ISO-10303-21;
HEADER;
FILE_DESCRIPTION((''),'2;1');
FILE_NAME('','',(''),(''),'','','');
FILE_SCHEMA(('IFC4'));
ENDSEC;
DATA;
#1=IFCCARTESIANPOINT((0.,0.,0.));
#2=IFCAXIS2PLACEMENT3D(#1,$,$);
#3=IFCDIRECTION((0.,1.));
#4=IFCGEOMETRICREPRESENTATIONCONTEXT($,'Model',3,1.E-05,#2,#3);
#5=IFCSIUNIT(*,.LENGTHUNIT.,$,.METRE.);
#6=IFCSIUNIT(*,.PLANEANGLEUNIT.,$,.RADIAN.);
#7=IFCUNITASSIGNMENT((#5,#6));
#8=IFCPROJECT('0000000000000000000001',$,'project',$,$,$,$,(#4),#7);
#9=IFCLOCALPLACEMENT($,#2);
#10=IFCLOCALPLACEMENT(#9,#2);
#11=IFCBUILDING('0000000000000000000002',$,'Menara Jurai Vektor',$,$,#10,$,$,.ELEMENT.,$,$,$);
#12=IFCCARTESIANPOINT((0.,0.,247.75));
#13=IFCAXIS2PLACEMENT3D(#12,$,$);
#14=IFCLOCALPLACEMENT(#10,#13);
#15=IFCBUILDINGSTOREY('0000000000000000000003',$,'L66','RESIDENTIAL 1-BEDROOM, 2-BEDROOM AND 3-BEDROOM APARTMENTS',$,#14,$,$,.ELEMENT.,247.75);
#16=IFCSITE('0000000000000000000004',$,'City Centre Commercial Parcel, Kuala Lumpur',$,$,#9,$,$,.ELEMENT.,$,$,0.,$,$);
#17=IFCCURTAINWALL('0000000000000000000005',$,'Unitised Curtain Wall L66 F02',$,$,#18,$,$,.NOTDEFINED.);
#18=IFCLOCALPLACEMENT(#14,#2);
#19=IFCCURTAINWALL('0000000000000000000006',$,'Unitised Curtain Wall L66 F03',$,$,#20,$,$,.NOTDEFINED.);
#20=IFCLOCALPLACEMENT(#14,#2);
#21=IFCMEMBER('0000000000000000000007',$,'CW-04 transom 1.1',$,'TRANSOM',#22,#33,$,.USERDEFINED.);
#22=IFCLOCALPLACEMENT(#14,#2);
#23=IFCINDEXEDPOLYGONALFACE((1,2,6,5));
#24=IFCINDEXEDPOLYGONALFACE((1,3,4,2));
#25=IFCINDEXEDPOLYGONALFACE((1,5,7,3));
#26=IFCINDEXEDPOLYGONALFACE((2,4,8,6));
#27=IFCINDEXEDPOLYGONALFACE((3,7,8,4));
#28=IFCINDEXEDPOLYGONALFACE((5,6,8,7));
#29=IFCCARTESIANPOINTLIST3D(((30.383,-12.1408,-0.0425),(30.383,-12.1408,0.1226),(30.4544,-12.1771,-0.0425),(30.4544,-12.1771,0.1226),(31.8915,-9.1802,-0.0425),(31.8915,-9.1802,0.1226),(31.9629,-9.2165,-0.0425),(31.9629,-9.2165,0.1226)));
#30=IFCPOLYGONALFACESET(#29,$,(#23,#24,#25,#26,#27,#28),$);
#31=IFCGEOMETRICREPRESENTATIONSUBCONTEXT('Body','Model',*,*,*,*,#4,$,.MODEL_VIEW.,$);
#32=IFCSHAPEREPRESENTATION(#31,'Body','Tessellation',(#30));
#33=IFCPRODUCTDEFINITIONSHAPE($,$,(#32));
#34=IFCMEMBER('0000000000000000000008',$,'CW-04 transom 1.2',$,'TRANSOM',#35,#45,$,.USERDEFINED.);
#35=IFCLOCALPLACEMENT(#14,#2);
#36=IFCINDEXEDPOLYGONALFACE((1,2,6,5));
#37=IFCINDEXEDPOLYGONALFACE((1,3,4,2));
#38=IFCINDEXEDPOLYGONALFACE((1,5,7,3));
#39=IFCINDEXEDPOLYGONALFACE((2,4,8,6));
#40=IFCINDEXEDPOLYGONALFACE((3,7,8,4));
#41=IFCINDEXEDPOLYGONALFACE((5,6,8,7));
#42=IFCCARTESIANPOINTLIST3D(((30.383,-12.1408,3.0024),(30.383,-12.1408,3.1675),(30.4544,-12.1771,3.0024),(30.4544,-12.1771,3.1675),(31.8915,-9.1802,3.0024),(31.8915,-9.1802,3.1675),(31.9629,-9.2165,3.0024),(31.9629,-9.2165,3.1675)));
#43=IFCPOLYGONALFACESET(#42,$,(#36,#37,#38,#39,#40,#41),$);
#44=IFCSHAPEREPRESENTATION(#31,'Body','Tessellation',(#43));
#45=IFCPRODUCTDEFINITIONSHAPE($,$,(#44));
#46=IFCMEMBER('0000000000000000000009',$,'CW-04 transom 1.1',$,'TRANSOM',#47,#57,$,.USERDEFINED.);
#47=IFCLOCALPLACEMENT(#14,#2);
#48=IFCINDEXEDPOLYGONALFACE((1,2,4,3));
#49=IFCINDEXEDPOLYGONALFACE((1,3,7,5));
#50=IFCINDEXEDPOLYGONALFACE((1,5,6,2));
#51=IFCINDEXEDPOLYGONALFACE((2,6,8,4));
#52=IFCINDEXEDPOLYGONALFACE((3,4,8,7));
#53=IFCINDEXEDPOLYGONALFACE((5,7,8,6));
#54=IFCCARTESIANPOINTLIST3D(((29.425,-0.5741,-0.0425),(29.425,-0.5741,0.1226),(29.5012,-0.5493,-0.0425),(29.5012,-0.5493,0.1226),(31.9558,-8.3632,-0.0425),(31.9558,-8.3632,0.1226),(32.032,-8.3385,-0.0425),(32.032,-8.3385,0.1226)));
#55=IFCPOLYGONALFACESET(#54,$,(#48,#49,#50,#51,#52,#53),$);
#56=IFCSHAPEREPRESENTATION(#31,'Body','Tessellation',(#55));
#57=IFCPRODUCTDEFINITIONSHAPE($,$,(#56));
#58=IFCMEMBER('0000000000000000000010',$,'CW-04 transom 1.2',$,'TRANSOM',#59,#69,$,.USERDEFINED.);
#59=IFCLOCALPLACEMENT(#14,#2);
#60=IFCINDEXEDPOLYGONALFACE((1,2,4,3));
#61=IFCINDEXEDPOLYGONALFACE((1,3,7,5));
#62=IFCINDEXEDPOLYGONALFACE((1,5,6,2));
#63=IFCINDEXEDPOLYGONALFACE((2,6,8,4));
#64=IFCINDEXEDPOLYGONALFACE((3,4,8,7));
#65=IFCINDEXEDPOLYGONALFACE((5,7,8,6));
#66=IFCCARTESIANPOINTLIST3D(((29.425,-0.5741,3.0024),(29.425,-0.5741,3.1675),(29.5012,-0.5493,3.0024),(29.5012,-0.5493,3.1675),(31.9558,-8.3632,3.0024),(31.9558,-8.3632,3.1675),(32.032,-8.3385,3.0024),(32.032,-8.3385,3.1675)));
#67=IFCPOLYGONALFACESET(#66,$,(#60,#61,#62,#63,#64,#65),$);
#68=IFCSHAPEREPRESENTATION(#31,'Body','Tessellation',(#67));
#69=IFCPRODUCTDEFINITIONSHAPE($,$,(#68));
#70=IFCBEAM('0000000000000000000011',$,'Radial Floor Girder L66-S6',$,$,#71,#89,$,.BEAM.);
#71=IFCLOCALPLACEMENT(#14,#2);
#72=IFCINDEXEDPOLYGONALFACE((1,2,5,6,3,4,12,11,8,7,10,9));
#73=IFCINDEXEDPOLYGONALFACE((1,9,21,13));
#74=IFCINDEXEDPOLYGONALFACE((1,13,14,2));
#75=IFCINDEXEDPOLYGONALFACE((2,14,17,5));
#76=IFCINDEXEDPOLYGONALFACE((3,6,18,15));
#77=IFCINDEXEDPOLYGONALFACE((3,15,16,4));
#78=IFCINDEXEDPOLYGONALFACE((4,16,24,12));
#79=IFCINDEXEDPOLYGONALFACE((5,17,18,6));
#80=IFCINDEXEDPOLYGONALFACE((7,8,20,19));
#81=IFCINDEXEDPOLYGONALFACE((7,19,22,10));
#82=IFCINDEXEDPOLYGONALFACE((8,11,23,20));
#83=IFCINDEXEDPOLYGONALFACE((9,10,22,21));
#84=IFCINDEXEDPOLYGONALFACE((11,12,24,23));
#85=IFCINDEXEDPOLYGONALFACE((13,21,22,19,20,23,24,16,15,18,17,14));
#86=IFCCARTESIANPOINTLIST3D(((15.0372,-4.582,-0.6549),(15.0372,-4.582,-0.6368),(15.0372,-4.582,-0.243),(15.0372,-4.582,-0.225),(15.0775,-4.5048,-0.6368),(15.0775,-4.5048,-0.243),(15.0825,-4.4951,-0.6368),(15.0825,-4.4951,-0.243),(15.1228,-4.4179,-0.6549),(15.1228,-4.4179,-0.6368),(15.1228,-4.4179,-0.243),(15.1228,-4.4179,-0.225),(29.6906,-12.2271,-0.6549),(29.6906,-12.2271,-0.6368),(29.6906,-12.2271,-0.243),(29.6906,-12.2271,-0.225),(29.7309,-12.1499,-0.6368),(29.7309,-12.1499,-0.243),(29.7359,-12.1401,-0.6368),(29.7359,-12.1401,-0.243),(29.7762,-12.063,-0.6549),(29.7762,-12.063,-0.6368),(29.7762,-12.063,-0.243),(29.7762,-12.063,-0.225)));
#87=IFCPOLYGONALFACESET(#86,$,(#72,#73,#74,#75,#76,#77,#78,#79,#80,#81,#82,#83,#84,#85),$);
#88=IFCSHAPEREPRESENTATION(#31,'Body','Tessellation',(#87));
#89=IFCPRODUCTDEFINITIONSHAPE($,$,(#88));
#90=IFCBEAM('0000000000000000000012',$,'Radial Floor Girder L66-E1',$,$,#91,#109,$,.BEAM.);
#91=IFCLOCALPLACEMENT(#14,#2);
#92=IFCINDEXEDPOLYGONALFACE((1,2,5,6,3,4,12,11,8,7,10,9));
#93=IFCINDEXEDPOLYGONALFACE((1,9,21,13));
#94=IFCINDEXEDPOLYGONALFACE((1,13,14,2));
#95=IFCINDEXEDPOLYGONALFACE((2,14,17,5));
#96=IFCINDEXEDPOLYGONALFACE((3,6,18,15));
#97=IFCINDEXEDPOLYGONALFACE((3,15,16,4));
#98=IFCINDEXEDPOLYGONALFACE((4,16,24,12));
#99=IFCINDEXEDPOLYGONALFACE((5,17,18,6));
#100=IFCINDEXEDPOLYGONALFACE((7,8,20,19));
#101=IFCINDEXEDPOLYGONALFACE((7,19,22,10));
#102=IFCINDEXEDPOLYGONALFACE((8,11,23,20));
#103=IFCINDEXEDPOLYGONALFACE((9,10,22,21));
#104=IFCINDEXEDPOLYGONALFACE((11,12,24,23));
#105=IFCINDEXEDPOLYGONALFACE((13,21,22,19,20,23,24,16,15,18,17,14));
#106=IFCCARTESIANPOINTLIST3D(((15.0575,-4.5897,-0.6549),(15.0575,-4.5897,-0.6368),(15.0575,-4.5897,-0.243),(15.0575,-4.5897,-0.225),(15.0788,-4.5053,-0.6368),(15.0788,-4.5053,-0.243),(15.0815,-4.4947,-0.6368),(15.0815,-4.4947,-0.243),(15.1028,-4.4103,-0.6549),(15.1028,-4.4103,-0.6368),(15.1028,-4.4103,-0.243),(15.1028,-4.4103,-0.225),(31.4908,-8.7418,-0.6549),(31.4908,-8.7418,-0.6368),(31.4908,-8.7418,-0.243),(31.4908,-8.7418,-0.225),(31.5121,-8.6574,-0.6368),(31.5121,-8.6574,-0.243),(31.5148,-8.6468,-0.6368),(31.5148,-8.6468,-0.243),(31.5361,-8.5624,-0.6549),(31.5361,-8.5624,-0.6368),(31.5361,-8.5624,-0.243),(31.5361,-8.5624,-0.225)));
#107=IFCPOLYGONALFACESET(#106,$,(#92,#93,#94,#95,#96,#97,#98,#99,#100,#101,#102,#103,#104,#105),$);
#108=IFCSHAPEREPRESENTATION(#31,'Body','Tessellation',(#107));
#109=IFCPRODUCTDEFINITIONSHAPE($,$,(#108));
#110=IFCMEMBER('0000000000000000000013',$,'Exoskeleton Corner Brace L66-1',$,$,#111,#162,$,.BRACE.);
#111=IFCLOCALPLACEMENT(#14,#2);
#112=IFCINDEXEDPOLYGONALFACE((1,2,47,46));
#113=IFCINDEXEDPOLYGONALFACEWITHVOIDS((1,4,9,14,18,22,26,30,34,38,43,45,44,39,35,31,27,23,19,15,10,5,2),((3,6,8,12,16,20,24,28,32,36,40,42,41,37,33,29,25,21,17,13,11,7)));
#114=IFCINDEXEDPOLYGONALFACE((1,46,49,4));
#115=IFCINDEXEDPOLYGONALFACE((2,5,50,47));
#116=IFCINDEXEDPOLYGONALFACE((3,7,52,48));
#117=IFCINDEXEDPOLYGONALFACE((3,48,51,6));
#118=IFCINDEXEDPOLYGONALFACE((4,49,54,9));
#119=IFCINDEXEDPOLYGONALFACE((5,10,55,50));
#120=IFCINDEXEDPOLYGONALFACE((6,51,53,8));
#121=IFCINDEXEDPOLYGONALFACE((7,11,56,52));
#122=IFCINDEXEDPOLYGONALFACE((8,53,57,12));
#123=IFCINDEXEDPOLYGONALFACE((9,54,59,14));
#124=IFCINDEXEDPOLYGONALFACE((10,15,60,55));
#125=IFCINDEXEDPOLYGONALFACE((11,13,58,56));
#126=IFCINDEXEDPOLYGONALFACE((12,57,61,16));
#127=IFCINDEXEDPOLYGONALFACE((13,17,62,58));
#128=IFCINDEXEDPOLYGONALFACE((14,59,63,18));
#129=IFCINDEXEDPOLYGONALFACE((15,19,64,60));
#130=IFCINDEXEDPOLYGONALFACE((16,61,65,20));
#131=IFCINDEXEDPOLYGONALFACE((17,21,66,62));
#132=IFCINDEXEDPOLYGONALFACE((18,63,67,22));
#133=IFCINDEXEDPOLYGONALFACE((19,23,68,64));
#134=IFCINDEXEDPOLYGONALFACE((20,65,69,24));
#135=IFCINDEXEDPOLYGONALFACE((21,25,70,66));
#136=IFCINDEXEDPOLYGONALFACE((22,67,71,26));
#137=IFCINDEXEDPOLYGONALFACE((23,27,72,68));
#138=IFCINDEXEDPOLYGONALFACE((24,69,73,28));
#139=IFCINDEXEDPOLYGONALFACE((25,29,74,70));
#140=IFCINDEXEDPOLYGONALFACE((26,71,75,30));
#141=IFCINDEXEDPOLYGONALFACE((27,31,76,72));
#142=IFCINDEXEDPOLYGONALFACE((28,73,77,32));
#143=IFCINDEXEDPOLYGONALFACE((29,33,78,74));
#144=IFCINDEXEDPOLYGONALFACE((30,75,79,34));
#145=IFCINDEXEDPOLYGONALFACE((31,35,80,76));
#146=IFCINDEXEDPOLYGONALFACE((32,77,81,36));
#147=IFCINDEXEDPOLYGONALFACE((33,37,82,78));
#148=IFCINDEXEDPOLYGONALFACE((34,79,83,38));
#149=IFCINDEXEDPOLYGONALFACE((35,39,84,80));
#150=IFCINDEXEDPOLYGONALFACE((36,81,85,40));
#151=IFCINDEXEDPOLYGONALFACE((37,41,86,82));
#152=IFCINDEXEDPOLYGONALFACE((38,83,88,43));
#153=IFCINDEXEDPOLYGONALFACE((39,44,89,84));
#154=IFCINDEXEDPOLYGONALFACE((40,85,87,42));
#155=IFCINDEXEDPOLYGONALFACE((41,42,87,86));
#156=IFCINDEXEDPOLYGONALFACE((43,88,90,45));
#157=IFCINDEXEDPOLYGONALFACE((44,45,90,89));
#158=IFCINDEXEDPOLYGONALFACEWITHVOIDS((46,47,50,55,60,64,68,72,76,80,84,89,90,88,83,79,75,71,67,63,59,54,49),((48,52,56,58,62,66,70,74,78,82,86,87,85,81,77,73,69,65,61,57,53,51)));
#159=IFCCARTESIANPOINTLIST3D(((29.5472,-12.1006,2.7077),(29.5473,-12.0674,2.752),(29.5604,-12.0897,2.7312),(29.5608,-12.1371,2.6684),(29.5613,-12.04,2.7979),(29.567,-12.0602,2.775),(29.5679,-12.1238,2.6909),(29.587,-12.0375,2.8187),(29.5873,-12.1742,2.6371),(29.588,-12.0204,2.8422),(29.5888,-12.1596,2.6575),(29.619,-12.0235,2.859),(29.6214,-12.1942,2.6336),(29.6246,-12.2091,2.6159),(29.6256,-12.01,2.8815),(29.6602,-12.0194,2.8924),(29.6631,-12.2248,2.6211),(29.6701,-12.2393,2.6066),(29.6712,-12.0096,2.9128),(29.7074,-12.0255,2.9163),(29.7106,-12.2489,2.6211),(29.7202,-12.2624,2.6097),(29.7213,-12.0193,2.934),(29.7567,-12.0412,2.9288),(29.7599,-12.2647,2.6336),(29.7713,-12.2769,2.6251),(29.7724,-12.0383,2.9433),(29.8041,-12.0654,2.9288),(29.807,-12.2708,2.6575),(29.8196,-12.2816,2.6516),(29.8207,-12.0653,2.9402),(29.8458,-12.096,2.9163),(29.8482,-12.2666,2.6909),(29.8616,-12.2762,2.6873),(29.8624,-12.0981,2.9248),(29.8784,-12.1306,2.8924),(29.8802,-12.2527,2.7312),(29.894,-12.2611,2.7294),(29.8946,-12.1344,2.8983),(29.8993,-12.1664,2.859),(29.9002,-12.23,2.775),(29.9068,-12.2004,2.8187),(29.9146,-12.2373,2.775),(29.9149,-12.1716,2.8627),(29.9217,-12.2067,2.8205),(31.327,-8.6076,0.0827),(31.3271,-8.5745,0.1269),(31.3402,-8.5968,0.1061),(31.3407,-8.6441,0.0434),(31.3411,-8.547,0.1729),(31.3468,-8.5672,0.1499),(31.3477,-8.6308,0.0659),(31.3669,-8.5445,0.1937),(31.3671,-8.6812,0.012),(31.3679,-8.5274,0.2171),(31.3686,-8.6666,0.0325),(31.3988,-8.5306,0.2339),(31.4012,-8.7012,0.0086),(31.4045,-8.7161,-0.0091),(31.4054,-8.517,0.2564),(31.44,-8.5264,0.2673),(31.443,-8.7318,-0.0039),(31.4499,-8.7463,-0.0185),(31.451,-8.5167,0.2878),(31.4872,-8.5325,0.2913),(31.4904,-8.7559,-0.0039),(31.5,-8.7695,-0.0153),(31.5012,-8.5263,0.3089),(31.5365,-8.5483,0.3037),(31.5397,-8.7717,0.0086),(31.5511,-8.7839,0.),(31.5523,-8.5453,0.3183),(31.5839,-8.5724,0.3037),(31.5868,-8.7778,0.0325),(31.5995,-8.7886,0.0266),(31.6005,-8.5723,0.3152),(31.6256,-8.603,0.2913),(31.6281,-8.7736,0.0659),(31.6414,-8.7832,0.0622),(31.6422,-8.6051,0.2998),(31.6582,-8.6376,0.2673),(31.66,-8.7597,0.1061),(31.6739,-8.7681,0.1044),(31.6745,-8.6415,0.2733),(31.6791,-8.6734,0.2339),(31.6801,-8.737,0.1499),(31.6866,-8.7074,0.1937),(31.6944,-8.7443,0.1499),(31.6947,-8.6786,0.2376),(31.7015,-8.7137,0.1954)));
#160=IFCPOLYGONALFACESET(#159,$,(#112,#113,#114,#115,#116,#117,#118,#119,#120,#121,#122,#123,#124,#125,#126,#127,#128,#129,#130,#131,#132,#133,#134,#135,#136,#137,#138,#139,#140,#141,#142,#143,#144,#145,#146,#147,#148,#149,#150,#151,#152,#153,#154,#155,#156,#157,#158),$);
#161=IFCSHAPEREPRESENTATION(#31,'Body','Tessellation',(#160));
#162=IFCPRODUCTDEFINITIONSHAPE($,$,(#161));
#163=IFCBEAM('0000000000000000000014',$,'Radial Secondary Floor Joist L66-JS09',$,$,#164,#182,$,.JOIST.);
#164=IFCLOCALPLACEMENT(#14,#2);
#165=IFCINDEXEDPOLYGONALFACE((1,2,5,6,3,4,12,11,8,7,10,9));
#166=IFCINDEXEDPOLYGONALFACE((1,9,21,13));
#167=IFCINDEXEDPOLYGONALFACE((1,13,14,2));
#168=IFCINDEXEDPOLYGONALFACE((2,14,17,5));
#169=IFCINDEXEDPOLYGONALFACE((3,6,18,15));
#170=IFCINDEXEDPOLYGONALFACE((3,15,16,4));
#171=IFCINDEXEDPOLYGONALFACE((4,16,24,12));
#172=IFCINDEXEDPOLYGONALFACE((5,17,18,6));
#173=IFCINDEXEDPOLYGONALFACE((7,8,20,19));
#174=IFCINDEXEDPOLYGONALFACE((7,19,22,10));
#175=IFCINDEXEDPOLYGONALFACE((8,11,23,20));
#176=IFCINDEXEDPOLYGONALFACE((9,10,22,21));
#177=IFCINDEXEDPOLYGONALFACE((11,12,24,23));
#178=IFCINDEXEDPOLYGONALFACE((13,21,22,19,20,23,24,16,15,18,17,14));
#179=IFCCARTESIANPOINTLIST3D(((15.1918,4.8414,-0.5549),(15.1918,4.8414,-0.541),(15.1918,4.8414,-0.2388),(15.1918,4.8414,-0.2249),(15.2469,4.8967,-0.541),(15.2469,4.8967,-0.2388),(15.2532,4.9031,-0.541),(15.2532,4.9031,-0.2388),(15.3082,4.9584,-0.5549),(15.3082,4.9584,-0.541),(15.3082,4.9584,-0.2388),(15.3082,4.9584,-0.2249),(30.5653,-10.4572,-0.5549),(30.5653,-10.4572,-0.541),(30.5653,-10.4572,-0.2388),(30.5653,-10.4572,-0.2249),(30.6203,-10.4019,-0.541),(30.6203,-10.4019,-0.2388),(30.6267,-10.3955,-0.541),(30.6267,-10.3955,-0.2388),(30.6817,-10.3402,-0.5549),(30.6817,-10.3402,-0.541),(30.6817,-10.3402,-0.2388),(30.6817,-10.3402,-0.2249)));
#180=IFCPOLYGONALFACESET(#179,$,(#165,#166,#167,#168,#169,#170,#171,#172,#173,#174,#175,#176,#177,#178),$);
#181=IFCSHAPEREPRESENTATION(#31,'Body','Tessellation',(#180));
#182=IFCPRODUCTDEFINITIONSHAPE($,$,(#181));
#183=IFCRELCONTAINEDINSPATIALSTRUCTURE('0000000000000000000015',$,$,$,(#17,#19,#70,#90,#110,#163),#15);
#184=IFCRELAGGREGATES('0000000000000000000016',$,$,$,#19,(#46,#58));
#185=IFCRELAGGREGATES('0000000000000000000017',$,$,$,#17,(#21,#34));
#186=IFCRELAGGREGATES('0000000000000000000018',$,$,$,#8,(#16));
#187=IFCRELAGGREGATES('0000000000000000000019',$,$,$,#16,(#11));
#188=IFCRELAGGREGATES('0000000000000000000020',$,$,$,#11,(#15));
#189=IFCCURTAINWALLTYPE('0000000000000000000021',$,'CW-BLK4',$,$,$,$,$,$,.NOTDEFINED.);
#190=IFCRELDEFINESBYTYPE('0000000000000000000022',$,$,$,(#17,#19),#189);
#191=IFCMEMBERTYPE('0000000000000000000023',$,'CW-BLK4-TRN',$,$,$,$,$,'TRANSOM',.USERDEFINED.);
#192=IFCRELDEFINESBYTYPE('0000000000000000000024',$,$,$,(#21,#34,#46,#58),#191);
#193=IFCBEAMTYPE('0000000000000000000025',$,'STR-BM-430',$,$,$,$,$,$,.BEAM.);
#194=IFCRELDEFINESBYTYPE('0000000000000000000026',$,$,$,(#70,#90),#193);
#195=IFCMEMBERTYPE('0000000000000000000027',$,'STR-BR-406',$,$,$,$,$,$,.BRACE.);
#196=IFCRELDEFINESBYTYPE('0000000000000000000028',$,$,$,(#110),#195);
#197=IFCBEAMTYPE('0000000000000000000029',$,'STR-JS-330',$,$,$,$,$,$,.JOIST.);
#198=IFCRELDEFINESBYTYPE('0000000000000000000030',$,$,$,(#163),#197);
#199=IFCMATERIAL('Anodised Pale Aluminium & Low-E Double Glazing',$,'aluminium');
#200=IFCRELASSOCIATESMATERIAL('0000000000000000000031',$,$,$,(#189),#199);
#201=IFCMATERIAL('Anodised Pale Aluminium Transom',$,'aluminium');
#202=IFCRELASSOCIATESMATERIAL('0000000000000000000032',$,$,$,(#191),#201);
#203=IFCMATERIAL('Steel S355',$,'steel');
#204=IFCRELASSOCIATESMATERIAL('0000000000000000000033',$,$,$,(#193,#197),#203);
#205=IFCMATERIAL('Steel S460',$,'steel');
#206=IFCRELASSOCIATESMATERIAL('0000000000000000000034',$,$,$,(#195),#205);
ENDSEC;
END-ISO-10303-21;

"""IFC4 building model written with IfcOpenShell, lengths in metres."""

from ifc_helpers import new_model, si_unit, direction, frame, origin, origin_2d, place, context, subcontext, project, spatial, rectangle, hollow_circle, i_section, extrude, material, material_profile, profile_set, type_object, element, aggregate, save


model = new_model("IFC4")

# Units and contexts
model_context = context("Model", 3, precision=1e-05, world=origin(), true_north=direction((0.0, 1.0)))
body_context = subcontext(model_context, "Body", "Model", "MODEL_VIEW")
ifc_project = project(units=[si_unit("LENGTHUNIT", "METRE"), si_unit("PLANEANGLEUNIT", "RADIAN")], contexts=[model_context])

# Site, building, storey
site_placement = place(None, origin())
site = spatial("IfcSite", under=ifc_project, at=site_placement, Name="City Centre Commercial Parcel, Kuala Lumpur", CompositionType="ELEMENT", RefElevation=0.0)
building_placement = place(site_placement, origin())
building = spatial("IfcBuilding", under=site, at=building_placement, Name="Menara Jurai Vektor", CompositionType="ELEMENT")
storey_placement = place(building_placement, frame((0.0, 0.0, 247.75)))
storey = spatial("IfcBuildingStorey", under=building, at=storey_placement, Name="L66", Description="RESIDENTIAL 1-BEDROOM, 2-BEDROOM AND 3-BEDROOM APARTMENTS", CompositionType="ELEMENT", Elevation=247.75)

# Shared definitions
ifc_material_1 = material(Name="Steel S460", Category="steel")

# Curtain wall
ifc_material_2 = material(Name="Anodised Pale Aluminium & Low-E Double Glazing", Category="aluminium")
curtain_wall_type = type_object("IfcCurtainWallType", Name="CW-BLK4", PredefinedType="NOTDEFINED", material=ifc_material_2)
curtain_wall_1_placement = place(storey_placement, origin())
curtain_wall_1 = element("IfcCurtainWall", 1, at=curtain_wall_1_placement, inside=storey, type_object=curtain_wall_type, Name="Unitised Curtain Wall L66 F02", PredefinedType="NOTDEFINED")

# Curtain wall
curtain_wall_2_placement = place(storey_placement, origin())
curtain_wall_2 = element("IfcCurtainWall", 2, at=curtain_wall_2_placement, inside=storey, type_object=curtain_wall_type, Name="Unitised Curtain Wall L66 F03", PredefinedType="NOTDEFINED")

# Members
ifc_material_3 = material(Name="Anodised Pale Aluminium Transom", Category="aluminium")
ifc_material_profile_1 = material_profile(ifc_material_3, rectangle(XDim=0.0801, YDim=0.165, at=origin_2d()), Name="ALU TRN 80x165")
ifc_profile_set_1 = profile_set([ifc_material_profile_1], Name="Anodised Pale Aluminium Transom")
member_type_1 = type_object("IfcMemberType", Name="CW-BLK4-TRN", ElementType="TRANSOM", PredefinedType="USERDEFINED", material=ifc_profile_set_1)
member_1_placement = place(storey_placement, frame((30.4187, -12.1589, 0.04), z_axis=(0.45399, 0.891007, 0.0), x_axis=(-0.891007, 0.45399, 0.0)))
member_1 = element("IfcMember", 3, at=member_1_placement, type_object=member_type_1, Name="CW-04 transom 1.1", ObjectType="TRANSOM", PredefinedType="USERDEFINED", context=body_context, shape_type="SweptSolid", body=[
    extrude(rectangle(XDim=0.0801, YDim=0.165, at=origin_2d()), origin(), (0.0, 0.0, 1.0), 3.3228),
])
member_2_placement = place(storey_placement, frame((30.4187, -12.1589, 3.085), z_axis=(0.45399, 0.891007, 0.0), x_axis=(-0.891007, 0.45399, 0.0)))
member_2 = element("IfcMember", 4, at=member_2_placement, type_object=member_type_1, Name="CW-04 transom 1.2", ObjectType="TRANSOM", PredefinedType="USERDEFINED", context=body_context, shape_type="SweptSolid", body=[
    extrude(rectangle(XDim=0.0801, YDim=0.165, at=origin_2d()), origin(), (0.0, 0.0, 1.0), 3.3228),
])
member_3_placement = place(storey_placement, frame((31.9939, -8.3508, 0.04), z_axis=(-0.309011, 0.951059, 0.0), x_axis=(-0.951059, -0.309011, 0.0)))
member_3 = element("IfcMember", 5, at=member_3_placement, type_object=member_type_1, Name="CW-04 transom 1.1", ObjectType="TRANSOM", PredefinedType="USERDEFINED", context=body_context, shape_type="SweptSolid", body=[
    extrude(rectangle(XDim=0.0801, YDim=0.165, at=origin_2d()), origin(), (0.0, 0.0, 1.0), 8.1899),
])
member_4_placement = place(storey_placement, frame((31.9939, -8.3508, 3.085), z_axis=(-0.309011, 0.951059, 0.0), x_axis=(-0.951059, -0.309011, 0.0)))
member_4 = element("IfcMember", 6, at=member_4_placement, type_object=member_type_1, Name="CW-04 transom 1.2", ObjectType="TRANSOM", PredefinedType="USERDEFINED", context=body_context, shape_type="SweptSolid", body=[
    extrude(rectangle(XDim=0.0801, YDim=0.165, at=origin_2d()), origin(), (0.0, 0.0, 1.0), 8.1899),
])

# Beams
ifc_material_4 = material(Name="Steel S355", Category="steel")
ifc_material_profile_2 = material_profile(ifc_material_4, i_section(OverallWidth=0.1851, OverallDepth=0.4299, WebThickness=0.011, FlangeThickness=0.0181, at=origin_2d()), Name="PG 430x185x76")
ifc_profile_set_2 = profile_set([ifc_material_profile_2], Name="Steel S355")
beam_type_1 = type_object("IfcBeamType", Name="STR-BM-430", PredefinedType="BEAM", material=ifc_profile_set_2)
beam_1_placement = place(storey_placement, frame((29.7334, -12.145, -0.4399), z_axis=(-0.88659, 0.462557, 0.0), x_axis=(-0.462557, -0.88659, 0.0)))
element("IfcBeam", 7, at=beam_1_placement, inside=storey, type_object=beam_type_1, Name="Radial Floor Girder L66-S6", PredefinedType="BEAM", context=body_context, shape_type="SweptSolid", body=[
    extrude(i_section(OverallWidth=0.1851, OverallDepth=0.4299, WebThickness=0.011, FlangeThickness=0.0181, at=origin_2d()), origin(), (0.0, 0.0, 1.0), 16.5278),
])
beam_2_placement = place(storey_placement, frame((31.5134, -8.6521, -0.4399), z_axis=(-0.969532, 0.244965, 0.0), x_axis=(-0.244965, -0.969532, 0.0)))
element("IfcBeam", 8, at=beam_2_placement, inside=storey, type_object=beam_type_1, Name="Radial Floor Girder L66-E1", PredefinedType="BEAM", context=body_context, shape_type="SweptSolid", body=[
    extrude(i_section(OverallWidth=0.1851, OverallDepth=0.4299, WebThickness=0.011, FlangeThickness=0.0181, at=origin_2d()), origin(), (0.0, 0.0, 1.0), 16.9497),
])

# Member
ifc_material_profile_3 = material_profile(ifc_material_1, hollow_circle(Radius=0.2031, WallThickness=0.0161, at=origin_2d()), Name="CHS 406.4x16")
ifc_profile_set_3 = profile_set([ifc_material_profile_3], Name="Steel S460")
member_type_2 = type_object("IfcMemberType", Name="STR-BR-406", PredefinedType="BRACE", material=ifc_profile_set_3)
member_5_placement = place(storey_placement, frame((31.5134, -8.6521, 0.1499), z_axis=(-0.37724, -0.740352, 0.556389), x_axis=(0.891001, -0.454001, 0.0)))
element("IfcMember", 9, at=member_5_placement, inside=storey, type_object=member_type_2, Name="Exoskeleton Corner Brace L66-1", PredefinedType="BRACE", context=body_context, shape_type="SweptSolid", body=[
    extrude(hollow_circle(Radius=0.2031, WallThickness=0.0161, at=origin_2d()), origin(), (0.0, 0.0, 1.0), 4.718),
])

# Beam
ifc_material_profile_4 = material_profile(ifc_material_4, i_section(OverallWidth=0.165, OverallDepth=0.3301, WebThickness=0.009, FlangeThickness=0.0139, at=origin_2d()), Name="PG 330x165x46")
ifc_profile_set_4 = profile_set([ifc_material_profile_4], Name="Steel S355")
beam_type_2 = type_object("IfcBeamType", Name="STR-JS-330", PredefinedType="JOIST", material=ifc_profile_set_4)
beam_3_placement = place(storey_placement, frame((30.6235, -10.3987, -0.3899), z_axis=(-0.708833, 0.705377, 0.0), x_axis=(-0.705377, -0.708833, 0.0)))
element("IfcBeam", 10, at=beam_3_placement, inside=storey, type_object=beam_type_2, Name="Radial Secondary Floor Joist L66-JS09", PredefinedType="JOIST", context=body_context, shape_type="SweptSolid", body=[
    extrude(i_section(OverallWidth=0.165, OverallDepth=0.3301, WebThickness=0.009, FlangeThickness=0.0139, at=origin_2d()), origin(), (0.0, 0.0, 1.0), 21.6885),
])

aggregate(curtain_wall_2, [member_3, member_4])
aggregate(curtain_wall_1, [member_1, member_2])

save(model, "model.ifc")
